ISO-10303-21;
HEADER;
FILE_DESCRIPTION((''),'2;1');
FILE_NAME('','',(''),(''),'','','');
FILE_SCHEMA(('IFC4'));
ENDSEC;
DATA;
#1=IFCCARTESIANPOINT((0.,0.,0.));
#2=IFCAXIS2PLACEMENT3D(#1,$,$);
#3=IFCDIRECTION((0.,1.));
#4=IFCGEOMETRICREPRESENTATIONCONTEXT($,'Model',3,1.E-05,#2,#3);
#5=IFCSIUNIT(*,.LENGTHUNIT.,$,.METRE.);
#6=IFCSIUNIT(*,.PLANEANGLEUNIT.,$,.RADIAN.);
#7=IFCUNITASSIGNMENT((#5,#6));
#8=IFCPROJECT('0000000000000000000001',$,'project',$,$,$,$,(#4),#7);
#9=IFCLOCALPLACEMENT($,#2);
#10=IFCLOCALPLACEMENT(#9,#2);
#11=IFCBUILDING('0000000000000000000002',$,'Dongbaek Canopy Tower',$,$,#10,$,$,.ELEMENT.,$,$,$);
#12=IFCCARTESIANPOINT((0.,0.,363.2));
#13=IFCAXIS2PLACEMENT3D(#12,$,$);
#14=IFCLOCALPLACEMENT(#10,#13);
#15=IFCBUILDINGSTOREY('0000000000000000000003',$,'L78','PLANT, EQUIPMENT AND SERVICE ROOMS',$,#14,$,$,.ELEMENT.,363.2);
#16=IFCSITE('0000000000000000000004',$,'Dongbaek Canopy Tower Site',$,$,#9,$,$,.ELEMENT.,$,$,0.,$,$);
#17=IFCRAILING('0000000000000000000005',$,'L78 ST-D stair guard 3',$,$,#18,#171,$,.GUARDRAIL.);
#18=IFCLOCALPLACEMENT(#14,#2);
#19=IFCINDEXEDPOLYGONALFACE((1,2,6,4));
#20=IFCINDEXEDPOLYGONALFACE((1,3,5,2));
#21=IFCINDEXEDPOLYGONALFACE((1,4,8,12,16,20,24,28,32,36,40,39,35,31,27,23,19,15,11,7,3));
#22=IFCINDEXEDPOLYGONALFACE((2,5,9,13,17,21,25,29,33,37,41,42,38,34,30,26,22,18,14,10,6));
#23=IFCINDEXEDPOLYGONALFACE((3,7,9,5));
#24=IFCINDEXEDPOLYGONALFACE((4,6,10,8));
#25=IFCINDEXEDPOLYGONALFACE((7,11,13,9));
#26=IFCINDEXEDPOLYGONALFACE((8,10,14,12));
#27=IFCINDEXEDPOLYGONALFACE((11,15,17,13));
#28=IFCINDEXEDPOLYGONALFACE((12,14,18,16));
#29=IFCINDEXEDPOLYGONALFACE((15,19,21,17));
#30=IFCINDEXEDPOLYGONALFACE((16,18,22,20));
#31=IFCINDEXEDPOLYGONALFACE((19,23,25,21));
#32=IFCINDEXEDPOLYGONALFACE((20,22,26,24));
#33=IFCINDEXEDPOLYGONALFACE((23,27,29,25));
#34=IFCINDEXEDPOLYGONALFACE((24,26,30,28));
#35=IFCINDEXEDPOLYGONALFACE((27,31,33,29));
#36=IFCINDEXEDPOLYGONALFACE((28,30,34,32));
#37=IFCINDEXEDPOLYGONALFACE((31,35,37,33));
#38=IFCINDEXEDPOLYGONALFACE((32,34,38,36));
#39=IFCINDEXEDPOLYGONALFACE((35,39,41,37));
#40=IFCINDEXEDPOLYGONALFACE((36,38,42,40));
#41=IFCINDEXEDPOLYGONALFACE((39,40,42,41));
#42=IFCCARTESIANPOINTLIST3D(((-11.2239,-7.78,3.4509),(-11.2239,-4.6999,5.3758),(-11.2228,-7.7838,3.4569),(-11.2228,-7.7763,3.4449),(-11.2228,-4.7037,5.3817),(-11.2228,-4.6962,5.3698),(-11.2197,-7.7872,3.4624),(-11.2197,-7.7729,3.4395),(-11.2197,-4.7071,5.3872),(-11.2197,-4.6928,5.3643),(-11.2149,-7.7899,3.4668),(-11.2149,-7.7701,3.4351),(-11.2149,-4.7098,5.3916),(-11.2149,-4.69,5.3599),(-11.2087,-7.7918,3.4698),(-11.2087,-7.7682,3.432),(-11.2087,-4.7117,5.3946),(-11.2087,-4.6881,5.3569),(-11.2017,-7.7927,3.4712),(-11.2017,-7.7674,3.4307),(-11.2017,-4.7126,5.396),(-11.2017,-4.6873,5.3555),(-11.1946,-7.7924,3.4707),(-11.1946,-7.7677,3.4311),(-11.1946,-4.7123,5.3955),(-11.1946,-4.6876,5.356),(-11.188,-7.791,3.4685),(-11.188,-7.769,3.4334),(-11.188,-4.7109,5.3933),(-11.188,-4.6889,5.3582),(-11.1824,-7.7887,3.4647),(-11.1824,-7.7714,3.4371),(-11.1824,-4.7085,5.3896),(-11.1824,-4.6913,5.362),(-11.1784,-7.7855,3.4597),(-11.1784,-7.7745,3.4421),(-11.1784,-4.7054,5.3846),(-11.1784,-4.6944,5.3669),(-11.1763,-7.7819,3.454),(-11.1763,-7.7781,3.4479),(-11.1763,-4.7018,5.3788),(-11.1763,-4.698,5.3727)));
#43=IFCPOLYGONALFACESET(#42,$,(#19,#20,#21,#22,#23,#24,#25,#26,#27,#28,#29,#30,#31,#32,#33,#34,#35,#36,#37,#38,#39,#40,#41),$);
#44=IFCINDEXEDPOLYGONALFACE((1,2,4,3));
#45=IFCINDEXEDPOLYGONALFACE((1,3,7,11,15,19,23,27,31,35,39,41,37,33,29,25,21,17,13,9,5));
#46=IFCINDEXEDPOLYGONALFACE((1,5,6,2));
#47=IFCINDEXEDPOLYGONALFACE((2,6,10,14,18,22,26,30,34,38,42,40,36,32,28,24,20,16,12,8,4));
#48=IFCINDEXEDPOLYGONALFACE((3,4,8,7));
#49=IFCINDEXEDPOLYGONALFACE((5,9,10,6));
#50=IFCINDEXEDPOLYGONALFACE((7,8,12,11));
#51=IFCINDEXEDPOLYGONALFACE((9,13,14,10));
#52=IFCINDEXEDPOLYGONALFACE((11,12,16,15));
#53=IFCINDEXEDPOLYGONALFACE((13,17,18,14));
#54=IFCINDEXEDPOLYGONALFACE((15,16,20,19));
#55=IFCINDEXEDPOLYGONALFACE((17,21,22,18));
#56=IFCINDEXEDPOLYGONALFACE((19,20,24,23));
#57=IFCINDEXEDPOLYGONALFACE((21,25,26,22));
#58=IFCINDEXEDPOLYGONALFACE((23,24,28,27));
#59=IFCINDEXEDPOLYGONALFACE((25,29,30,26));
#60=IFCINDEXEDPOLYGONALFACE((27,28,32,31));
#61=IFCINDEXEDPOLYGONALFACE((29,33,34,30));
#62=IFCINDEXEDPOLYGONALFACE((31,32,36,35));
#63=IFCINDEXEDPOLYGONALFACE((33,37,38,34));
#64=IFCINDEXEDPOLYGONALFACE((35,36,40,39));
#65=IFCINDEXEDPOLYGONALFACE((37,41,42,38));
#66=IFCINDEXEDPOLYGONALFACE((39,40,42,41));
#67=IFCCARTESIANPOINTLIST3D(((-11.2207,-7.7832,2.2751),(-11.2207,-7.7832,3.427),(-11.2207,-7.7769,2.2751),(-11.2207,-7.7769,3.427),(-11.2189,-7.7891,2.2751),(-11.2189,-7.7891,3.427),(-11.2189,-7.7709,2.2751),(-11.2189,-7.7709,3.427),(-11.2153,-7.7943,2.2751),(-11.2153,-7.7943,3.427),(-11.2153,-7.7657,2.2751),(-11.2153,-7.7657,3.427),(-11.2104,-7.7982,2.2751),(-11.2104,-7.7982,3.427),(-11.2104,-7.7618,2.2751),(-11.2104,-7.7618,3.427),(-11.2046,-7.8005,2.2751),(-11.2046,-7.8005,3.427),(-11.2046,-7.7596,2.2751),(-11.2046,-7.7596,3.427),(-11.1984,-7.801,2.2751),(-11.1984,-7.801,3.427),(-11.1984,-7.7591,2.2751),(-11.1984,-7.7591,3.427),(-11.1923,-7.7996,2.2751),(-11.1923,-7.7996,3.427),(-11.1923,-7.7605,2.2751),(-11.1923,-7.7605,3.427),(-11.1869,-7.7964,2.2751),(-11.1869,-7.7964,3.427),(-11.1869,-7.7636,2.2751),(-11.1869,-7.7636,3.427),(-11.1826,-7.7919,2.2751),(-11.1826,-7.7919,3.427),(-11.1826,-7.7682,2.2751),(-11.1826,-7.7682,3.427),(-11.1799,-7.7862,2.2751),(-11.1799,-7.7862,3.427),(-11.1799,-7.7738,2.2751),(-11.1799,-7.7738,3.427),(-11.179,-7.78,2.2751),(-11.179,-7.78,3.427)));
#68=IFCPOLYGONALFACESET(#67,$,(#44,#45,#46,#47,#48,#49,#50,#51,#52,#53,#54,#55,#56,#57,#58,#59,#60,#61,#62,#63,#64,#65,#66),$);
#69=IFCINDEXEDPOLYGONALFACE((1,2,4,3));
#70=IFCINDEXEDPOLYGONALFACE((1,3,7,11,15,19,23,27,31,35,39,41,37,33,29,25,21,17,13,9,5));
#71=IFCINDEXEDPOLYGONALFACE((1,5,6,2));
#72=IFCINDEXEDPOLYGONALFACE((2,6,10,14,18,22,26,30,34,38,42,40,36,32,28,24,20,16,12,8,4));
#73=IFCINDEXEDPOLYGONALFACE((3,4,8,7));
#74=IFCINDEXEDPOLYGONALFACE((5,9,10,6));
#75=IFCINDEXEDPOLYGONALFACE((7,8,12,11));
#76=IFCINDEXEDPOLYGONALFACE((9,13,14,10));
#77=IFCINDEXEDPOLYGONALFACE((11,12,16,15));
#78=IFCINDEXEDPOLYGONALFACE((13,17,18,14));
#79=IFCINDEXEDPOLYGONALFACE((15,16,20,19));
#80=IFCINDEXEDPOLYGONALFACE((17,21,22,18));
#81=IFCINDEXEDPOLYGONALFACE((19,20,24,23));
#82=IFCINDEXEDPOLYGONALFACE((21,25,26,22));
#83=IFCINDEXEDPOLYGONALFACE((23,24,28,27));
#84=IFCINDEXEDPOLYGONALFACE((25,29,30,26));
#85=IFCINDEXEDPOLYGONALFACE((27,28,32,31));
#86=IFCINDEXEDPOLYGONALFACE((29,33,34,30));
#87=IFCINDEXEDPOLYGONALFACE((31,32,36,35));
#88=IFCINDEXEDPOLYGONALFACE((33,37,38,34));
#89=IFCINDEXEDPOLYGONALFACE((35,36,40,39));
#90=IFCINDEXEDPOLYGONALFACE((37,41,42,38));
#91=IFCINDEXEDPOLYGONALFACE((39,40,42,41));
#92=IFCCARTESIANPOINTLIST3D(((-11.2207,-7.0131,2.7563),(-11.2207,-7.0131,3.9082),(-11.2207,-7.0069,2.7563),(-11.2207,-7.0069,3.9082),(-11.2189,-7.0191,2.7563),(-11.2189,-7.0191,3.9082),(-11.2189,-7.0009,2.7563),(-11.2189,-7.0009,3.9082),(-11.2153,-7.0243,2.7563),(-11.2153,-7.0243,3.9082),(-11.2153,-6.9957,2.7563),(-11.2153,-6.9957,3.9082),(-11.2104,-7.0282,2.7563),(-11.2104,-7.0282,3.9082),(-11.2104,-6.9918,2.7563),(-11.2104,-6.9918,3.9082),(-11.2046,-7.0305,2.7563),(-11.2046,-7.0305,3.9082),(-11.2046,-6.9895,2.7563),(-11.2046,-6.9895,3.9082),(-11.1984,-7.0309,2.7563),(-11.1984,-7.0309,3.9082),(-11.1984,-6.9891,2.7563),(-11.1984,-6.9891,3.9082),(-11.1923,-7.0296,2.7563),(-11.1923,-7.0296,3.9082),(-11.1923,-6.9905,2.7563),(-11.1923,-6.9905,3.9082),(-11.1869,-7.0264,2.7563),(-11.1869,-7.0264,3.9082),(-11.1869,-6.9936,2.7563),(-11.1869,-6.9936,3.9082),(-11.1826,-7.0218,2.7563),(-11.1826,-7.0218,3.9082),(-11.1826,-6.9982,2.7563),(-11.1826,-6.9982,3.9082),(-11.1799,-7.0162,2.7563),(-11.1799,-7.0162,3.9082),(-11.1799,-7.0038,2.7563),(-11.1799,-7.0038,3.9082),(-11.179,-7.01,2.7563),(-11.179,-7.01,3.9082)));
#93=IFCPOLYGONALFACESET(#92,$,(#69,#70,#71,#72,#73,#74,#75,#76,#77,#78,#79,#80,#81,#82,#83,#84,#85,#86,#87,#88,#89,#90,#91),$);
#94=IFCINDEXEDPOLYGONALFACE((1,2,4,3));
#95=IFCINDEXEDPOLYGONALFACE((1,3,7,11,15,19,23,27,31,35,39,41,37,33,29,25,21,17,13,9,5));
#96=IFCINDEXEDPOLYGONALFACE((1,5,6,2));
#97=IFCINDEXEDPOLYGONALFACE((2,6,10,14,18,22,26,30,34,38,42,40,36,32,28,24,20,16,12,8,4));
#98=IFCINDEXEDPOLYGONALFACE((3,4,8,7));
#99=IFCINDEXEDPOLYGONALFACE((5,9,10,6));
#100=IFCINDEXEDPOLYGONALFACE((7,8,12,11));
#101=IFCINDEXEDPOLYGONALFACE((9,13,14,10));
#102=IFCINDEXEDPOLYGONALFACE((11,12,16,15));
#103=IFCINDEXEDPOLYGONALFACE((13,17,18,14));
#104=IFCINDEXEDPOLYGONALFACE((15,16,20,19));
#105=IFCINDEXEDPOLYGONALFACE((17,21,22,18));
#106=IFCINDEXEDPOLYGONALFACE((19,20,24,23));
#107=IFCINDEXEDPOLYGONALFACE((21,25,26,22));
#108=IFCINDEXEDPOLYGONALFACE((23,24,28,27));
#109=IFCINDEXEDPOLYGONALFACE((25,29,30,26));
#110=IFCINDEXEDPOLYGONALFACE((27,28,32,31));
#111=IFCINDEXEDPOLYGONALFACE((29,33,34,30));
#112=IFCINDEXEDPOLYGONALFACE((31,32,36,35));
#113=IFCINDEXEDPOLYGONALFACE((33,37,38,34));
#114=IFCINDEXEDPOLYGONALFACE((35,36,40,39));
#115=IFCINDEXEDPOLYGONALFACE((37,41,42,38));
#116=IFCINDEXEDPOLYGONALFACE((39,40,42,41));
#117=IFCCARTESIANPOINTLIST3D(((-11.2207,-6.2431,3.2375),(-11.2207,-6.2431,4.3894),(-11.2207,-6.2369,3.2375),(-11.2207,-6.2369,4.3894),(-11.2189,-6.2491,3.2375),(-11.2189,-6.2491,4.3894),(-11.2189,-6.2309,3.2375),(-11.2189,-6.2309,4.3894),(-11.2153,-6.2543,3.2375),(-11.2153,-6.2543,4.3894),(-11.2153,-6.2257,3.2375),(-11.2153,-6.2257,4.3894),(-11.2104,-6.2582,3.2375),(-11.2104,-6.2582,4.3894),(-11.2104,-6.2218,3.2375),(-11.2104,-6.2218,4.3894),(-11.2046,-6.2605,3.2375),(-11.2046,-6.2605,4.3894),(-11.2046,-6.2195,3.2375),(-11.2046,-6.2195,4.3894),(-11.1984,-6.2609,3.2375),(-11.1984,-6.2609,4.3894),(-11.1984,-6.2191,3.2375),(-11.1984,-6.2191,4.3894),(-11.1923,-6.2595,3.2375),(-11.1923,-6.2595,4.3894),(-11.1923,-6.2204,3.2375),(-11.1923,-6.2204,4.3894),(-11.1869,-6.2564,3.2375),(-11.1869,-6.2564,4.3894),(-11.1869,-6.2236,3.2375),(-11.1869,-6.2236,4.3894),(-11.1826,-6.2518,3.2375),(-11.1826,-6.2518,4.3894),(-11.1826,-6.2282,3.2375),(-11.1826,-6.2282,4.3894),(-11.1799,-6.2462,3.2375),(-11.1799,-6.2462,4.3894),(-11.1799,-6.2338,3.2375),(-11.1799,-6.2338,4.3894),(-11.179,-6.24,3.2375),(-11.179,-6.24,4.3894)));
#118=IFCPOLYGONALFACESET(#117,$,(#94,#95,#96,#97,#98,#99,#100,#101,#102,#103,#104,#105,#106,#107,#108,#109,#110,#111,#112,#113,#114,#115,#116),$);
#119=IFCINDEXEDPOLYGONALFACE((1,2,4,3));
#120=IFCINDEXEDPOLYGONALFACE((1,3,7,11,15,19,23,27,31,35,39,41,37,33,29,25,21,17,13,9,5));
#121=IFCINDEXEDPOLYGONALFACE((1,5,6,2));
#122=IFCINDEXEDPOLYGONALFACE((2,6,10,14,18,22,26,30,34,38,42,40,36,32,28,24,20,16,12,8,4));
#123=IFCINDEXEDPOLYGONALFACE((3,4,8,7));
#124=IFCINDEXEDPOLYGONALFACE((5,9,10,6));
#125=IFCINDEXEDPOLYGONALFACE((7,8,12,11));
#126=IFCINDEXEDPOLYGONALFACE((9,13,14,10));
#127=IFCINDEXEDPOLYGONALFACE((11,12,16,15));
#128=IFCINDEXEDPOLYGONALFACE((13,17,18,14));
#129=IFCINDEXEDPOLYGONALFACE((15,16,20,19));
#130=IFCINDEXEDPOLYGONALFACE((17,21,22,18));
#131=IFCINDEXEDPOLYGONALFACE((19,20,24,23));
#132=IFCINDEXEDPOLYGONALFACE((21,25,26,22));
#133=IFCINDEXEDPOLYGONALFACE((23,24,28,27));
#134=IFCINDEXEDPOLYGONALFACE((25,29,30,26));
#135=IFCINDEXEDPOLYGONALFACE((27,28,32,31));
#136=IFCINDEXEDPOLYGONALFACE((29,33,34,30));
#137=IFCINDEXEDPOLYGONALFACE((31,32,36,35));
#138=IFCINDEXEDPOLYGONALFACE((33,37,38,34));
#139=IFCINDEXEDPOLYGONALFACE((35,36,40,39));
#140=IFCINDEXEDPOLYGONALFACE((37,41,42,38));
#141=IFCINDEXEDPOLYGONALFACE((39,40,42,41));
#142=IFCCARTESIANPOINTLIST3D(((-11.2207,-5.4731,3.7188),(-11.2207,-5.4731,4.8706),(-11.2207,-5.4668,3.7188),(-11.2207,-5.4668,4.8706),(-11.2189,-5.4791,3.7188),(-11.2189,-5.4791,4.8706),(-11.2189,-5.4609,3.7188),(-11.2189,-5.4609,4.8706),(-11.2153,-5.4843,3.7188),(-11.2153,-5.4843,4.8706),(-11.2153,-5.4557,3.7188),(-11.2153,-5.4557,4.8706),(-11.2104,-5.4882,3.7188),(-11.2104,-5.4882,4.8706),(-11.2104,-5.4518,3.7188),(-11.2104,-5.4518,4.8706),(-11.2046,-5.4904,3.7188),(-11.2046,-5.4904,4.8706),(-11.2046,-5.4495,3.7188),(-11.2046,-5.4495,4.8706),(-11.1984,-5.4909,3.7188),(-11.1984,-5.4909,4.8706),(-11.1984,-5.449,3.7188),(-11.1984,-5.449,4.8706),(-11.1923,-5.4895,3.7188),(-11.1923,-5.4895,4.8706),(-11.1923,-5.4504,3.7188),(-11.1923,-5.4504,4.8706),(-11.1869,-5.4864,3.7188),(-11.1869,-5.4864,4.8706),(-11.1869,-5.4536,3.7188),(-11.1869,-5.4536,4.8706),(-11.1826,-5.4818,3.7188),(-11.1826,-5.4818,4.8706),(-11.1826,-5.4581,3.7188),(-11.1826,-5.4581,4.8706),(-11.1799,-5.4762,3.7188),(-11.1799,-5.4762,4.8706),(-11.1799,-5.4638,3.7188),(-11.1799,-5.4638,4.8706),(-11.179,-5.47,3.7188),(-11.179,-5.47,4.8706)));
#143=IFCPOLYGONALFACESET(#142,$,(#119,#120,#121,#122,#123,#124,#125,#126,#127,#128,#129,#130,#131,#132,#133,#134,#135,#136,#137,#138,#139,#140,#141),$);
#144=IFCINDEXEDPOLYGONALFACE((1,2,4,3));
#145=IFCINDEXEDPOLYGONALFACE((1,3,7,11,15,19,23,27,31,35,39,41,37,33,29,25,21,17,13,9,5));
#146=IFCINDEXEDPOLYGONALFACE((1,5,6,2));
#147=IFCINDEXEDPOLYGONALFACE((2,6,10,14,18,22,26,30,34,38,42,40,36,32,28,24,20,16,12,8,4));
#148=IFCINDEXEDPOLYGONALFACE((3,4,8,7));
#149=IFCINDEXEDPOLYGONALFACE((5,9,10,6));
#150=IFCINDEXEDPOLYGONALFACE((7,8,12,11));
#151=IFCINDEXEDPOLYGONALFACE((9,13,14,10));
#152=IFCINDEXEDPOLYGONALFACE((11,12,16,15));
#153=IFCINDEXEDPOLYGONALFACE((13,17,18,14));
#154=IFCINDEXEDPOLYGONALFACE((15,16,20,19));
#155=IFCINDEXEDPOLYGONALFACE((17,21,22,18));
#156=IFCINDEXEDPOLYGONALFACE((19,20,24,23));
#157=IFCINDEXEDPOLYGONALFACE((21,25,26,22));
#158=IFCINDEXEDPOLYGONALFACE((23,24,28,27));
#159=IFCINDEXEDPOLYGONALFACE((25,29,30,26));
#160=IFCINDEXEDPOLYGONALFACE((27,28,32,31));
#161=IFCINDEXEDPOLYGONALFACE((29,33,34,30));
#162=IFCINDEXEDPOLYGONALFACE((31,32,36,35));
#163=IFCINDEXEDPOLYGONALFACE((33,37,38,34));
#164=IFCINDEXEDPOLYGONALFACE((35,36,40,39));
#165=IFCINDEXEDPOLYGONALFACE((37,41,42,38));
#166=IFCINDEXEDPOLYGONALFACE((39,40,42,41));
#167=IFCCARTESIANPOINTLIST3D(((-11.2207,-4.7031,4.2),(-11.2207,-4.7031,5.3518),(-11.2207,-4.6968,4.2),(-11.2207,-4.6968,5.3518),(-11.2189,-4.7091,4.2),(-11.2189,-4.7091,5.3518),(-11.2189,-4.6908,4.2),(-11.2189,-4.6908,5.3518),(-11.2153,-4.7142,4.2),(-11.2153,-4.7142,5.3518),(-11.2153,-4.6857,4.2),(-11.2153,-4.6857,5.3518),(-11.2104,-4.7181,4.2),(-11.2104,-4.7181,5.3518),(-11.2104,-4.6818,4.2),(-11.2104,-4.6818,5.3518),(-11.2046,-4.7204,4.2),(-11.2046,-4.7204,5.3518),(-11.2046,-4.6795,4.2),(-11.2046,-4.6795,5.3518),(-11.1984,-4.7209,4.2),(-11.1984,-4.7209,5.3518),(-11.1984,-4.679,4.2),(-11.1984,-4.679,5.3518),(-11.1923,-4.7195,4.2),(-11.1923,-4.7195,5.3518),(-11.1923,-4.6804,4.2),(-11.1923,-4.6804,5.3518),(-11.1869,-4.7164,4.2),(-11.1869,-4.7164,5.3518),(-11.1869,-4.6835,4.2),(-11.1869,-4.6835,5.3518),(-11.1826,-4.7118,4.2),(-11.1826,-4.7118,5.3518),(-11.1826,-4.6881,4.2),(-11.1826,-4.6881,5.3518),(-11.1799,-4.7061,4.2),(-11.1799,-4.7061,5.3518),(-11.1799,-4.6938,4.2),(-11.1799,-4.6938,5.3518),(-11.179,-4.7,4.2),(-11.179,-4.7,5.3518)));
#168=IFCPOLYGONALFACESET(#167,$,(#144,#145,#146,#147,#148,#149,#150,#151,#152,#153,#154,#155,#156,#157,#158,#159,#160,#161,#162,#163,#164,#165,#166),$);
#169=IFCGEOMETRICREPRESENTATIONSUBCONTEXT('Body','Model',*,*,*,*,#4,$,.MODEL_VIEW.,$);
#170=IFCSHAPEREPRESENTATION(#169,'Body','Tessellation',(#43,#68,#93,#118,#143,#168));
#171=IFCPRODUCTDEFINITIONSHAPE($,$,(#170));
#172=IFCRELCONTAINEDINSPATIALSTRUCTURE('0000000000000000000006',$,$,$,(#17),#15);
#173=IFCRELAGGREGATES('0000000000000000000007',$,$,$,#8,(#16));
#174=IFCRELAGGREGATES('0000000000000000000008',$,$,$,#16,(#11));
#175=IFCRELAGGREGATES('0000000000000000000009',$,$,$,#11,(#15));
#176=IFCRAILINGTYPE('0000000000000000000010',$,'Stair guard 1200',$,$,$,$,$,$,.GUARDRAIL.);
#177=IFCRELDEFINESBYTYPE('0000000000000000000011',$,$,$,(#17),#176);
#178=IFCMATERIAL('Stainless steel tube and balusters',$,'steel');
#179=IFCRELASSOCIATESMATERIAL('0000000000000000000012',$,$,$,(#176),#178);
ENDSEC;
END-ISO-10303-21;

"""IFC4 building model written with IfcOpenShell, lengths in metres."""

from ifc_helpers import new_model, si_unit, direction, frame, origin, origin_2d, place, context, subcontext, project, spatial, circle, extrude, material, type_object, element, save


model = new_model("IFC4")

# Units and contexts
model_context = context("Model", 3, precision=1e-05, world=origin(), true_north=direction((0.0, 1.0)))
body_context = subcontext(model_context, "Body", "Model", "MODEL_VIEW")
ifc_project = project(units=[si_unit("LENGTHUNIT", "METRE"), si_unit("PLANEANGLEUNIT", "RADIAN")], contexts=[model_context])

# Site, building, storey
site_placement = place(None, origin())
site = spatial("IfcSite", under=ifc_project, at=site_placement, Name="Dongbaek Canopy Tower Site", CompositionType="ELEMENT", RefElevation=0.0)
building_placement = place(site_placement, origin())
building = spatial("IfcBuilding", under=site, at=building_placement, Name="Dongbaek Canopy Tower", CompositionType="ELEMENT")
storey_placement = place(building_placement, frame((0.0, 0.0, 363.2)))
storey = spatial("IfcBuildingStorey", under=building, at=storey_placement, Name="L78", Description="PLANT, EQUIPMENT AND SERVICE ROOMS", CompositionType="ELEMENT", Elevation=363.2)

# Railing
ifc_material_1 = material(Name="Stainless steel tube and balusters", Category="steel")
railing_type_1 = type_object("IfcRailingType", Name="Stair guard 1200", PredefinedType="GUARDRAIL", material=ifc_material_1)
railing_1_placement = place(storey_placement, frame((-11.2, -7.78, 2.2751)))
element("IfcRailing", 1, at=railing_1_placement, inside=storey, type_object=railing_type_1, Name="L78 ST-D stair guard 3", PredefinedType="GUARDRAIL", context=body_context, shape_type="SweptSolid", body=[
    extrude(circle(Radius=0.0239, at=origin_2d()), frame((0.0, 0.0, 1.1758), z_axis=(0.0, 0.848029, 0.529951), x_axis=(-1.0, 0.0, 0.0)), (0.0, 0.0, 1.0), 3.6321),
    extrude(circle(Radius=0.021, at=origin_2d()), origin(), (0.0, 0.0, 1.0), 1.1519),
    extrude(circle(Radius=0.021, at=origin_2d()), frame((0.0, 0.77, 0.4812)), (0.0, 0.0, 1.0), 1.1519),
    extrude(circle(Radius=0.021, at=origin_2d()), frame((0.0, 1.54, 0.9624)), (0.0, 0.0, 1.0), 1.1519),
    extrude(circle(Radius=0.021, at=origin_2d()), frame((0.0, 2.3101, 1.4436)), (0.0, 0.0, 1.0), 1.1519),
    extrude(circle(Radius=0.021, at=origin_2d()), frame((0.0, 3.0801, 1.9248)), (0.0, 0.0, 1.0), 1.1519),
])

save(model, "model.ifc")
